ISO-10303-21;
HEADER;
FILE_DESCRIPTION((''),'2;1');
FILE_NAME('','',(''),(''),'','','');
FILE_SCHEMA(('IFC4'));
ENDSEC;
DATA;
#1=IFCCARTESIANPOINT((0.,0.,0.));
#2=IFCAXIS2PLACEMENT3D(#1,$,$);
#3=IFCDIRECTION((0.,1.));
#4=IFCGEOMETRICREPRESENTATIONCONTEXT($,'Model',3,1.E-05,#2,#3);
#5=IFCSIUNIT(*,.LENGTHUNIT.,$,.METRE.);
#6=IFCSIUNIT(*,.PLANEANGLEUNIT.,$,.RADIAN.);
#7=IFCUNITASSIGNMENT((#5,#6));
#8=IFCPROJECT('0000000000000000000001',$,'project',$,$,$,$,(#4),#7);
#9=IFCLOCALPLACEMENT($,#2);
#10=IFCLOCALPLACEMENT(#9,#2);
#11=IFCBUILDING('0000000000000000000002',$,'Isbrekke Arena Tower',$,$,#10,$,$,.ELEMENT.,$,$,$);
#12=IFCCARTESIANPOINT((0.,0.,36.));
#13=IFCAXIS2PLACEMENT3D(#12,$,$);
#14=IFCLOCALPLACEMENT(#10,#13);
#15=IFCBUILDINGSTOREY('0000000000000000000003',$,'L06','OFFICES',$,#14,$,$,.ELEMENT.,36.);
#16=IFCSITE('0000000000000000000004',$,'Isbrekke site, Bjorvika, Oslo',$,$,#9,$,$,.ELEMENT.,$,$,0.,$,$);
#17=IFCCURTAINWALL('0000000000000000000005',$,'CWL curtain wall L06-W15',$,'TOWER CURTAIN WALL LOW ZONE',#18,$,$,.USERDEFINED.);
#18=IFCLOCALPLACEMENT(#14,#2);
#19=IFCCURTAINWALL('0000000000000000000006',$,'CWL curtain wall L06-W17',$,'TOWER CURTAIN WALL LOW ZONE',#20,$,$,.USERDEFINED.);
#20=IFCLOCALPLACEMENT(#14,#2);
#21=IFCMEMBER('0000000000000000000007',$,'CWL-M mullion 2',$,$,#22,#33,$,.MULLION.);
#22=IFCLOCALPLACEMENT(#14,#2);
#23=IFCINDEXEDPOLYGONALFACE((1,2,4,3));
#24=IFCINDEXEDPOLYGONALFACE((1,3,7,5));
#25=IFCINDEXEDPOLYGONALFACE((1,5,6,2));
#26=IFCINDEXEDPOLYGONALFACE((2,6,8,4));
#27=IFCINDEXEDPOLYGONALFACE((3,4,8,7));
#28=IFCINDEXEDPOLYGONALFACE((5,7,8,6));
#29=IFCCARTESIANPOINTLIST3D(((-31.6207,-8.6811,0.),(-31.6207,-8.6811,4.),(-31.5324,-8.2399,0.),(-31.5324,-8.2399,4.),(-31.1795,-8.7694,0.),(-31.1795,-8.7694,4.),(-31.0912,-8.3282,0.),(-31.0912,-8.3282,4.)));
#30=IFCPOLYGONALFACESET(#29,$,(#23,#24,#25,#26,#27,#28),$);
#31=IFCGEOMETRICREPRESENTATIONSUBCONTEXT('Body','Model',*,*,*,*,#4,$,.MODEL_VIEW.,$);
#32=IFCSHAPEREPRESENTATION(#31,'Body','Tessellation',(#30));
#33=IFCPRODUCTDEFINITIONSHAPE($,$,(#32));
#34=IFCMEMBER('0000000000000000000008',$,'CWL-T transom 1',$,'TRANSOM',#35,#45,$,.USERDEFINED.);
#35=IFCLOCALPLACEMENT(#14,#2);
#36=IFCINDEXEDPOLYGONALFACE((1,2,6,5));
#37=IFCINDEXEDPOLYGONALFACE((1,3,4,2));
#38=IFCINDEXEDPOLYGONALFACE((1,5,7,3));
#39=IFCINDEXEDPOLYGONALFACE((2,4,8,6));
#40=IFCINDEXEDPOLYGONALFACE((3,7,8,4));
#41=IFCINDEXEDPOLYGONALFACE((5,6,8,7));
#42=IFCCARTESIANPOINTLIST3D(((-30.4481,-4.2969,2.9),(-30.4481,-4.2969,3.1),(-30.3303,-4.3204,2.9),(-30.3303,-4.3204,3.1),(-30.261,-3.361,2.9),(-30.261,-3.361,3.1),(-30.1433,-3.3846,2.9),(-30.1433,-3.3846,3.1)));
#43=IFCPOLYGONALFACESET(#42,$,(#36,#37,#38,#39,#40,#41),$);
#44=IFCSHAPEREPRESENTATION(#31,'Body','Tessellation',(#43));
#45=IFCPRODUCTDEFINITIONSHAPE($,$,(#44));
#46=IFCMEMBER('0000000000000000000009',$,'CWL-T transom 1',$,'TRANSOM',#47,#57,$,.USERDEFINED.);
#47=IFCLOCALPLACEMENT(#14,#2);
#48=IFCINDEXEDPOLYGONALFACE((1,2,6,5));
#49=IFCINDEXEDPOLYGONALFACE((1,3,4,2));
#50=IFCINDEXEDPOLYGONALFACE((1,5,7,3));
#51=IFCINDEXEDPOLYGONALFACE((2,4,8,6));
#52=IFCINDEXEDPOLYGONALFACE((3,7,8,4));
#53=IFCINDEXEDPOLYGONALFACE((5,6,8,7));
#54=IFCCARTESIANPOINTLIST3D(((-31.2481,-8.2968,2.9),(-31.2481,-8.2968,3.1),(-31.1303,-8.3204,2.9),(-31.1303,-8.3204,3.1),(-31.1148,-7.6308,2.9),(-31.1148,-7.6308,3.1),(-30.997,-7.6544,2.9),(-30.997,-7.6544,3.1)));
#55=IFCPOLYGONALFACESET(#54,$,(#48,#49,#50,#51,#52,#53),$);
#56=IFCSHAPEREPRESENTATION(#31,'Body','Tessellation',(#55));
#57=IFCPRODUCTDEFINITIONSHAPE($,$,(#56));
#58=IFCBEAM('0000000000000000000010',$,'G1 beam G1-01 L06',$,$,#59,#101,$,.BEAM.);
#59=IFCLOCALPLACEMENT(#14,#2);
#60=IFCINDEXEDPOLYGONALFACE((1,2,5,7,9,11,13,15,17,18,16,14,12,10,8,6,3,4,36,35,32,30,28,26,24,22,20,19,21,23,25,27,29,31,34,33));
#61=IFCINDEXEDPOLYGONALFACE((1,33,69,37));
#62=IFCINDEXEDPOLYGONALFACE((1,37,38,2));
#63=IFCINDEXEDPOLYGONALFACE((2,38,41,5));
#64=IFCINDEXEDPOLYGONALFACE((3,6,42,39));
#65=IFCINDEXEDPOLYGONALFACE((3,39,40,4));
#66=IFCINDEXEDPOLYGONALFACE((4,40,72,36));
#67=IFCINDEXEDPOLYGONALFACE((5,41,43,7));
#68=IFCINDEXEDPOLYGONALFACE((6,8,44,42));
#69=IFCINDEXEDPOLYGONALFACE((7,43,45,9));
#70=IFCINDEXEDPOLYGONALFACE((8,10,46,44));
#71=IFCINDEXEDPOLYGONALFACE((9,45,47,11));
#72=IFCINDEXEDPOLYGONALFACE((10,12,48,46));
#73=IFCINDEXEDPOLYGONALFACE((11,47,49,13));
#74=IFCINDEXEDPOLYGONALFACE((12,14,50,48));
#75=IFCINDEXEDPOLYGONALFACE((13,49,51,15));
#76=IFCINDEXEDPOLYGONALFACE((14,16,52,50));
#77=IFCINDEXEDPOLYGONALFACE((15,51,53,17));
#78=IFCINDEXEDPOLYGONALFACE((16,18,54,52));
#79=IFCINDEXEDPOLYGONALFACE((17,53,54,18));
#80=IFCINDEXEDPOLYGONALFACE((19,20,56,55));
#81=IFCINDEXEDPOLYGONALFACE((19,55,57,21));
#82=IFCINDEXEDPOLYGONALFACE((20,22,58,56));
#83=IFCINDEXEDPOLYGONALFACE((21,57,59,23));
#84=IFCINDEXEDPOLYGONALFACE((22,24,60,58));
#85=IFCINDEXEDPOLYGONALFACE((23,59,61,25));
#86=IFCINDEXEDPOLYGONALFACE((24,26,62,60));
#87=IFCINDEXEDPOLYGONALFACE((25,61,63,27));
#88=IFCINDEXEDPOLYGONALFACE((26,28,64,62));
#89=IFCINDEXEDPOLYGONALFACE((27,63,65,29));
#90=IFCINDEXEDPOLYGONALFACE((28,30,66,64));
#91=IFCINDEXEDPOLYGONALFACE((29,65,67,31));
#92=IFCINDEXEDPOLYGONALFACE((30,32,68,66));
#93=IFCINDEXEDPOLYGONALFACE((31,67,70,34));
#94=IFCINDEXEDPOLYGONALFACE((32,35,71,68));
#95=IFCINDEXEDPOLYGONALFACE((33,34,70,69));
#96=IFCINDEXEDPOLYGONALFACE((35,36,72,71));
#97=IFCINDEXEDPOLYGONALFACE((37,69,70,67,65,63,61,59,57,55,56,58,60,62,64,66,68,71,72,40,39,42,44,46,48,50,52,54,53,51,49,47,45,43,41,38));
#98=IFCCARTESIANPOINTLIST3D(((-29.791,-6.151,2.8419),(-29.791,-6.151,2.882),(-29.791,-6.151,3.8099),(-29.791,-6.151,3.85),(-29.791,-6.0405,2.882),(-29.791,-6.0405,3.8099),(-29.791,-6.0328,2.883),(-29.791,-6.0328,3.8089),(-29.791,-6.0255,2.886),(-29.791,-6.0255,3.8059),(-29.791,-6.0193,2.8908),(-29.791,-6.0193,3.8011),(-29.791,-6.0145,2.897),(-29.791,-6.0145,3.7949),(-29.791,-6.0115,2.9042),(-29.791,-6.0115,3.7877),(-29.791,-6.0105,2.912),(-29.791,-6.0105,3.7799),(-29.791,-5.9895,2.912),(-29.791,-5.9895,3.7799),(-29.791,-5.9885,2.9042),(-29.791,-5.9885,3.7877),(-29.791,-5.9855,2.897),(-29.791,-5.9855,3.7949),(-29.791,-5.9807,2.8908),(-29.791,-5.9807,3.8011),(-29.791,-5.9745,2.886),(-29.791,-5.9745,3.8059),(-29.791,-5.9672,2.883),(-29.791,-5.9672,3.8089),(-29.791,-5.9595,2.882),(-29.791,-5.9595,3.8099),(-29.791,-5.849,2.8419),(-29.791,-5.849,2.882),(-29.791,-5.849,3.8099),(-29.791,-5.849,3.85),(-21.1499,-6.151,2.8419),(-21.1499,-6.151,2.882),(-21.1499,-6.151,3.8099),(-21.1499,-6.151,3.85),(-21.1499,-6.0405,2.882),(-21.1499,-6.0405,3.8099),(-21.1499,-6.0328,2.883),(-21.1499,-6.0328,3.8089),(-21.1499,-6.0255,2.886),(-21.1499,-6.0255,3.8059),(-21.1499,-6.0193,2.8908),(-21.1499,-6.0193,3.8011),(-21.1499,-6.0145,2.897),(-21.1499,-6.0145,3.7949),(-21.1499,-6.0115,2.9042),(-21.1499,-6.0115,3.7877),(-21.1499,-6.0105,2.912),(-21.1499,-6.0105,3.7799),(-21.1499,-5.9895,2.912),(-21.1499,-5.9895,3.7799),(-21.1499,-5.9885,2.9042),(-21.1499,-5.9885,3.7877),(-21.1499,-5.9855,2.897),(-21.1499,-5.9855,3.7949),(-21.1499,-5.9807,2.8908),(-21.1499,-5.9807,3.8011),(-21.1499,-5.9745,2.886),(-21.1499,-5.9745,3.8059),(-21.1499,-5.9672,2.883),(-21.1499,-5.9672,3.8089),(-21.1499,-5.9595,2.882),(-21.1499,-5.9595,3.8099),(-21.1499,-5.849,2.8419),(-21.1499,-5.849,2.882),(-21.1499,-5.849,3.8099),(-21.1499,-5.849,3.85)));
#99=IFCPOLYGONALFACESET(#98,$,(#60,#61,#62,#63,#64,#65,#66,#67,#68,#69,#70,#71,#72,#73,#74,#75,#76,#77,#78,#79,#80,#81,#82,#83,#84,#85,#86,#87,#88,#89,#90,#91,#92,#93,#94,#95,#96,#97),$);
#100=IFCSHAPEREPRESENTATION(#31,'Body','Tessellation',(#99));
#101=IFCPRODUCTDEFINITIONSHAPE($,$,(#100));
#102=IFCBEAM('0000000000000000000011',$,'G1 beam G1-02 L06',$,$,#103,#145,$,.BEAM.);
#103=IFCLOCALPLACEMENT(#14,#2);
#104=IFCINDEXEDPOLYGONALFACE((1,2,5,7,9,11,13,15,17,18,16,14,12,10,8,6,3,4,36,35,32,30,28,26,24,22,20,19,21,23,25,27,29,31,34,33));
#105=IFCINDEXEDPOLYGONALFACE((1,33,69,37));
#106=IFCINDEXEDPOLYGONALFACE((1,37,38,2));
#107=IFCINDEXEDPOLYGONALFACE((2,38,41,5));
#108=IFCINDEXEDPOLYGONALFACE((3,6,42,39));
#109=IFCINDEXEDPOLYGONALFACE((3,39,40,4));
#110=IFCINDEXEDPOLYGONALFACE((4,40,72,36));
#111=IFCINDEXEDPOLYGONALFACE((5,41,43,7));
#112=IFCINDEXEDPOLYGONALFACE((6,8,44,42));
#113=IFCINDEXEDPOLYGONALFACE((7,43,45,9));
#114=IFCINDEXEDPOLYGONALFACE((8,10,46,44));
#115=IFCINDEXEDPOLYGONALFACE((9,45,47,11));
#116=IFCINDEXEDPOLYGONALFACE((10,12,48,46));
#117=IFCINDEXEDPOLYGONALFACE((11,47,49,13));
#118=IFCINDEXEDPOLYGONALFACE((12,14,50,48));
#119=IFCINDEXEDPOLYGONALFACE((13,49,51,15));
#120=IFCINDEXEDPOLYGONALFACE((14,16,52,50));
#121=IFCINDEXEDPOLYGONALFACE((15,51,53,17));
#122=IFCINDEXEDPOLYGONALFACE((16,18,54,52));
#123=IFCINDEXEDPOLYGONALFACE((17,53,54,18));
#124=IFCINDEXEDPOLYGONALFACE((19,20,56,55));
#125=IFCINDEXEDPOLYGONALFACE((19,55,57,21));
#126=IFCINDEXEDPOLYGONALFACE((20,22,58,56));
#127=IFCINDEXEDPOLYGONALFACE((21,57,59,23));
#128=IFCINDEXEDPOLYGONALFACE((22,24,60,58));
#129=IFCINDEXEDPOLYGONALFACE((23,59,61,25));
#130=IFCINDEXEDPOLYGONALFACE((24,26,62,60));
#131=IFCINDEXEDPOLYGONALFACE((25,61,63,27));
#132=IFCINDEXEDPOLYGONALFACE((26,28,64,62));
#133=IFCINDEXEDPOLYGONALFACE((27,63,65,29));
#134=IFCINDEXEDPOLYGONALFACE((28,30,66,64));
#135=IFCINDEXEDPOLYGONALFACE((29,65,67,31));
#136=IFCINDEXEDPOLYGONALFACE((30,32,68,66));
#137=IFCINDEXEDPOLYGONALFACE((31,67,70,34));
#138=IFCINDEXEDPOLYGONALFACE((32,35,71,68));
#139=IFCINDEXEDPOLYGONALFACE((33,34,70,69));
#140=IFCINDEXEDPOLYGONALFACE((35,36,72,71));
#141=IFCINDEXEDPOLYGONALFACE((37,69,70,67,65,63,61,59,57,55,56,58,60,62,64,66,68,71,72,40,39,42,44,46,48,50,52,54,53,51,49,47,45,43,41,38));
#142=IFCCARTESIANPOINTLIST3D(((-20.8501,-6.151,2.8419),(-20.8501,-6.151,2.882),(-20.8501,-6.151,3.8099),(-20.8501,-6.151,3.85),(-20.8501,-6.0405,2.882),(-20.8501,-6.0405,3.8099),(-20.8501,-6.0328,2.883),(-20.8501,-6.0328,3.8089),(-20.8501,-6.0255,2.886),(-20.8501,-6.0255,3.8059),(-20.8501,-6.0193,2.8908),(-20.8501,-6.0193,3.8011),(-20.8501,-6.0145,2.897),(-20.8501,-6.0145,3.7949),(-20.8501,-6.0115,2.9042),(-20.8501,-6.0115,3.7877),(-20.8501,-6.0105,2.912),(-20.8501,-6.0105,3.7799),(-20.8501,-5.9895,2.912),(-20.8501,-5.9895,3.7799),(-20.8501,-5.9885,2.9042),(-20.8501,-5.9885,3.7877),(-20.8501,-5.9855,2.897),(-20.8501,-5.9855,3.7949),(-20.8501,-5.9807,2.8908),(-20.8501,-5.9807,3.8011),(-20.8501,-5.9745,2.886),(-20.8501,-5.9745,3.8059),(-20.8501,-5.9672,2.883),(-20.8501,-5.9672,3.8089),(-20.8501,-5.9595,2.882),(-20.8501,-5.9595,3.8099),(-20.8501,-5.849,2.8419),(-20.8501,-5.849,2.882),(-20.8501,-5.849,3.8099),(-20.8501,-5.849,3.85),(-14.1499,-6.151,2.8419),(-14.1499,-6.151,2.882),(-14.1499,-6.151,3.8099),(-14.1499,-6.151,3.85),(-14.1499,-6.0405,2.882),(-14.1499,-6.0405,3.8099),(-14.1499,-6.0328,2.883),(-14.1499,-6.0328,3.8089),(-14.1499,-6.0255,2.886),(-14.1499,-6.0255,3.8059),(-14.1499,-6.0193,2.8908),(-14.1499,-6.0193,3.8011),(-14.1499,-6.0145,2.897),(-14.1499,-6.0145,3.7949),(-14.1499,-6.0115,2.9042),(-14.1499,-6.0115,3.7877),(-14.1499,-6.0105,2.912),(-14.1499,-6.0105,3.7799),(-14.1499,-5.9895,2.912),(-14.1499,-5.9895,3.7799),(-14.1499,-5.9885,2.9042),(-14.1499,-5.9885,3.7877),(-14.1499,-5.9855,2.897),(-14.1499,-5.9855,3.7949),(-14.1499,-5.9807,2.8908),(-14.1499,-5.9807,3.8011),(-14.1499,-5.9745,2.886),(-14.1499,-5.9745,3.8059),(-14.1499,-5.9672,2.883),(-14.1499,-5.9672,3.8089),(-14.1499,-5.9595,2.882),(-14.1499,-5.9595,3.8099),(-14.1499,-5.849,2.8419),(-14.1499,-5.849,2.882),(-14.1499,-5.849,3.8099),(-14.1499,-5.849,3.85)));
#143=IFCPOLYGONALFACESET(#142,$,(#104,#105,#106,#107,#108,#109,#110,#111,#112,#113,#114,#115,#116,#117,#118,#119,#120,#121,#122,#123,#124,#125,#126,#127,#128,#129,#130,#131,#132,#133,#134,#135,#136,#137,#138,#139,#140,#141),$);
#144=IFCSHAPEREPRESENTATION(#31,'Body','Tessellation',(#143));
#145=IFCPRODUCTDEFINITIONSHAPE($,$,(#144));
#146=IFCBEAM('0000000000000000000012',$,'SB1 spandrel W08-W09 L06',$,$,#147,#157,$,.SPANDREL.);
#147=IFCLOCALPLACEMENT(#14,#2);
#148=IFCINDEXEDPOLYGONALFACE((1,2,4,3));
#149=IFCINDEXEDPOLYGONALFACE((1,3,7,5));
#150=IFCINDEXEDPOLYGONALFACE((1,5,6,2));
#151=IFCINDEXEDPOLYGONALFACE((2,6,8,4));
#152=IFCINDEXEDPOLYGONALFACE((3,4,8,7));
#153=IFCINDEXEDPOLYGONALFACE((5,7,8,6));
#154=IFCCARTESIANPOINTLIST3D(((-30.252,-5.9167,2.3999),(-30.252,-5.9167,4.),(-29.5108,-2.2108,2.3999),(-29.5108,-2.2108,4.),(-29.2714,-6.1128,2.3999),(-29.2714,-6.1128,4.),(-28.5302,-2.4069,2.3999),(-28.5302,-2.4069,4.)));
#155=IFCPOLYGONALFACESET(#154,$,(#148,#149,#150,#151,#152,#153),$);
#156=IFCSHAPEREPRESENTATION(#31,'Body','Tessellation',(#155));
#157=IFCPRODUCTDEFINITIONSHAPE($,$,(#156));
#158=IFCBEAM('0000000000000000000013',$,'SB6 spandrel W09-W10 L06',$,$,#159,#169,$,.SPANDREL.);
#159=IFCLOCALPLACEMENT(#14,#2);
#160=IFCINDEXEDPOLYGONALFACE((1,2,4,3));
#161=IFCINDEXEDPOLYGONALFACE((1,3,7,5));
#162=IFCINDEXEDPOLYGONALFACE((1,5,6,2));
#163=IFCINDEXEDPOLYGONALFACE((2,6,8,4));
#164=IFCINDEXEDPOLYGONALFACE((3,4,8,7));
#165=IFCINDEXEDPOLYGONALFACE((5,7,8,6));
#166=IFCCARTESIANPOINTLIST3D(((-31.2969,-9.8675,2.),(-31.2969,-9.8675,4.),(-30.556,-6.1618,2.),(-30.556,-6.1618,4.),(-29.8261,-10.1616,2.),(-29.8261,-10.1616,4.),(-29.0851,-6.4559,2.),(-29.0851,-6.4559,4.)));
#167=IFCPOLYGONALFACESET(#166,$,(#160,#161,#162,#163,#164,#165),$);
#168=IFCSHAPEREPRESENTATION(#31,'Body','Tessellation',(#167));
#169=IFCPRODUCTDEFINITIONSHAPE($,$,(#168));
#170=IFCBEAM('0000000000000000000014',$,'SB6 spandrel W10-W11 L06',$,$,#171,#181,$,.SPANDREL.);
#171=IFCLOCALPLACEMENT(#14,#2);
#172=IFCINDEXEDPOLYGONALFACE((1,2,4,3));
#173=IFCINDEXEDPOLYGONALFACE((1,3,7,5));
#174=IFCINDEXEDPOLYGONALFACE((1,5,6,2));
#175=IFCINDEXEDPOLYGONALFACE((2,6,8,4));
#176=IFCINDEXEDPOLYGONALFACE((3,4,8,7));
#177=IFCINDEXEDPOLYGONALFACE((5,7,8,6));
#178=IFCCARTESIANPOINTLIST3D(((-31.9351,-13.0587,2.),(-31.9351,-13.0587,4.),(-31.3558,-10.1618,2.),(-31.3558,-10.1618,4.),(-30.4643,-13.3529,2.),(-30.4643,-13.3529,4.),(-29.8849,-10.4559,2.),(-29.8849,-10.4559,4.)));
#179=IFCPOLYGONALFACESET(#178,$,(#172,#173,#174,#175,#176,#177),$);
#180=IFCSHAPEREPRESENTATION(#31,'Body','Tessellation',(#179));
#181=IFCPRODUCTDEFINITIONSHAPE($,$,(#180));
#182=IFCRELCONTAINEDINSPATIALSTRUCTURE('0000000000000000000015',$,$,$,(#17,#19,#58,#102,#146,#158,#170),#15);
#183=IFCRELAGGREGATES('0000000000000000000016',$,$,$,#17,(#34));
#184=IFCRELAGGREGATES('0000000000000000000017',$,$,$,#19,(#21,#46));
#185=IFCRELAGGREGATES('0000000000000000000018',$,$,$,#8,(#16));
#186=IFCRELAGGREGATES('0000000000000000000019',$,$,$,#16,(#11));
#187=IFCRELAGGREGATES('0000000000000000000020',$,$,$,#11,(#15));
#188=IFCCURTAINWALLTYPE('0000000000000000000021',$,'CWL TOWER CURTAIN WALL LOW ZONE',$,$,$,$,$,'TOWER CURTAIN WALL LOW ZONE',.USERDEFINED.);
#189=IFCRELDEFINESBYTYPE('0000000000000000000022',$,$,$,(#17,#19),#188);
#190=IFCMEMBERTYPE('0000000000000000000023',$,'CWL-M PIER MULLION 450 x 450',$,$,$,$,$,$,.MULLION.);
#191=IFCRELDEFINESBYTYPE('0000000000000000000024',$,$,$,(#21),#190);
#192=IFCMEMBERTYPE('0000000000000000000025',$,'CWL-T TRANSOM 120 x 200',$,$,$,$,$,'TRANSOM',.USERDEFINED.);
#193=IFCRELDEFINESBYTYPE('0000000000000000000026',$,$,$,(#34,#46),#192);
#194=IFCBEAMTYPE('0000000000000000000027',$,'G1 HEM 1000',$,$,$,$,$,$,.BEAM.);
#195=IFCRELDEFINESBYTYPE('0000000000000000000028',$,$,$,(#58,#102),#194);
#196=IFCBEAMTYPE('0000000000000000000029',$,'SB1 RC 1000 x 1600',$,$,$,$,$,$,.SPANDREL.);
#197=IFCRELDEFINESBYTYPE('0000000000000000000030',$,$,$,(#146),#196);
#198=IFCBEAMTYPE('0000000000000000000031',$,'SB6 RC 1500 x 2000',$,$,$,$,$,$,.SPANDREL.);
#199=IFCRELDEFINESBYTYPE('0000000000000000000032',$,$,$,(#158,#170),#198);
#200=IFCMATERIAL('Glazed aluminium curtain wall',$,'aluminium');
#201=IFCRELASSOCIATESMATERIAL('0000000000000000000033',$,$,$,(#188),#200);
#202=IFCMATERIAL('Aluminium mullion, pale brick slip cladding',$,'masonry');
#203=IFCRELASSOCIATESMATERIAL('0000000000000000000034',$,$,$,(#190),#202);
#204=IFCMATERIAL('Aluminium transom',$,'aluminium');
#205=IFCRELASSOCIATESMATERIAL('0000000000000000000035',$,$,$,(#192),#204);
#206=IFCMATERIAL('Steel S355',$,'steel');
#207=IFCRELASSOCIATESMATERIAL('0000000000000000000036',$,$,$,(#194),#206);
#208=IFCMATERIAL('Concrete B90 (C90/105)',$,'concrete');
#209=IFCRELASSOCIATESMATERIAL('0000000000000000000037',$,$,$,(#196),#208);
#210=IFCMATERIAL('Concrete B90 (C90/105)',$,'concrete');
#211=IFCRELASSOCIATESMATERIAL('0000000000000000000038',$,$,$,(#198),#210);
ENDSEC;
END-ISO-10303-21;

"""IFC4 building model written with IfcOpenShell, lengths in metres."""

from ifc_helpers import new_model, si_unit, direction, frame, origin, origin_2d, place, context, subcontext, project, spatial, rectangle, i_section, extrude, material, material_profile, profile_set, type_object, element, aggregate, save


model = new_model("IFC4")

# Units and contexts
model_context = context("Model", 3, precision=1e-05, world=origin(), true_north=direction((0.0, 1.0)))
body_context = subcontext(model_context, "Body", "Model", "MODEL_VIEW")
ifc_project = project(units=[si_unit("LENGTHUNIT", "METRE"), si_unit("PLANEANGLEUNIT", "RADIAN")], contexts=[model_context])

# Site, building, storey
site_placement = place(None, origin())
site = spatial("IfcSite", under=ifc_project, at=site_placement, Name="Isbrekke site, Bjorvika, Oslo", CompositionType="ELEMENT", RefElevation=0.0)
building_placement = place(site_placement, origin())
building = spatial("IfcBuilding", under=site, at=building_placement, Name="Isbrekke Arena Tower", CompositionType="ELEMENT")
storey_placement = place(building_placement, frame((0.0, 0.0, 36.0)))
storey = spatial("IfcBuildingStorey", under=building, at=storey_placement, Name="L06", Description="OFFICES", CompositionType="ELEMENT", Elevation=36.0)

# Curtain walls, member
ifc_material_1 = material(Name="Glazed aluminium curtain wall", Category="aluminium")
curtain_wall_type = type_object("IfcCurtainWallType", Name="CWL TOWER CURTAIN WALL LOW ZONE", ElementType="TOWER CURTAIN WALL LOW ZONE", PredefinedType="USERDEFINED", material=ifc_material_1)
curtain_wall_1_placement = place(storey_placement, origin())
curtain_wall_1 = element("IfcCurtainWall", 1, at=curtain_wall_1_placement, inside=storey, type_object=curtain_wall_type, Name="CWL curtain wall L06-W15", ObjectType="TOWER CURTAIN WALL LOW ZONE", PredefinedType="USERDEFINED")
ifc_material_2 = material(Name="Aluminium mullion, pale brick slip cladding", Category="masonry")
ifc_material_profile_1 = material_profile(ifc_material_2, rectangle(XDim=0.45, YDim=0.45, at=origin_2d()), Name="PIER 450X450")
ifc_profile_set_1 = profile_set([ifc_material_profile_1], Name="Aluminium mullion, pale brick slip cladding")
member_type_1 = type_object("IfcMemberType", Name="CWL-M PIER MULLION 450 x 450", PredefinedType="MULLION", material=ifc_profile_set_1)
curtain_wall_2_placement = place(storey_placement, origin())
curtain_wall_2 = element("IfcCurtainWall", 2, at=curtain_wall_2_placement, inside=storey, type_object=curtain_wall_type, Name="CWL curtain wall L06-W17", ObjectType="TOWER CURTAIN WALL LOW ZONE", PredefinedType="USERDEFINED")
member_1_placement = place(storey_placement, frame((-31.356, -8.5046, 0.0), z_axis=(0.0, 0.0, 1.0), x_axis=(-0.196116, -0.980581, 0.0)))
member_1 = element("IfcMember", 3, at=member_1_placement, type_object=member_type_1, Name="CWL-M mullion 2", PredefinedType="MULLION", context=body_context, shape_type="SweptSolid", body=[
    extrude(rectangle(XDim=0.45, YDim=0.45, at=origin_2d()), origin(), (0.0, 0.0, 1.0), 4.0),
])

# Members
ifc_material_3 = material(Name="Aluminium transom", Category="aluminium")
ifc_material_profile_2 = material_profile(ifc_material_3, rectangle(XDim=0.1201, YDim=0.2, at=origin_2d()), Name="TRANSOM 120X200")
ifc_profile_set_2 = profile_set([ifc_material_profile_2], Name="Aluminium transom")
member_type_2 = type_object("IfcMemberType", Name="CWL-T TRANSOM 120 x 200", ElementType="TRANSOM", PredefinedType="USERDEFINED", material=ifc_profile_set_2)
member_2_placement = place(storey_placement, frame((-30.2021, -3.3728, 3.0), z_axis=(-0.195969, -0.98061, 0.0), x_axis=(0.98061, -0.195969, 0.0)))
member_2 = element("IfcMember", 4, at=member_2_placement, type_object=member_type_2, Name="CWL-T transom 1", ObjectType="TRANSOM", PredefinedType="USERDEFINED", context=body_context, shape_type="SweptSolid", body=[
    extrude(rectangle(XDim=0.1201, YDim=0.2, at=origin_2d()), origin(), (0.0, 0.0, 1.0), 0.9543),
])
member_3_placement = place(storey_placement, frame((-31.0559, -7.6426, 3.0), z_axis=(-0.196254, -0.980553, 0.0), x_axis=(0.980553, -0.196254, 0.0)))
member_3 = element("IfcMember", 5, at=member_3_placement, type_object=member_type_2, Name="CWL-T transom 1", ObjectType="TRANSOM", PredefinedType="USERDEFINED", context=body_context, shape_type="SweptSolid", body=[
    extrude(rectangle(XDim=0.1201, YDim=0.2, at=origin_2d()), origin(), (0.0, 0.0, 1.0), 0.6792),
])

# Beams
ifc_material_4 = material(Name="Steel S355", Category="steel")
ifc_material_profile_3 = material_profile(ifc_material_4, i_section(OverallWidth=0.302, OverallDepth=1.0081, WebThickness=0.021, FlangeThickness=0.04, FilletRadius=0.03, at=origin_2d()), Name="HEM 1000")
ifc_profile_set_3 = profile_set([ifc_material_profile_3], Name="Steel S355")
beam_type_1 = type_object("IfcBeamType", Name="G1 HEM 1000", PredefinedType="BEAM", material=ifc_profile_set_3)
beam_1_placement = place(storey_placement, frame((-29.791, -6.0, 3.3459), z_axis=(1.0, 0.0, 0.0), x_axis=(0.0, 1.0, 0.0)))
element("IfcBeam", 6, at=beam_1_placement, inside=storey, type_object=beam_type_1, Name="G1 beam G1-01 L06", PredefinedType="BEAM", context=body_context, shape_type="SweptSolid", body=[
    extrude(i_section(OverallWidth=0.302, OverallDepth=1.0081, WebThickness=0.021, FlangeThickness=0.04, FilletRadius=0.03, at=origin_2d()), origin(), (0.0, 0.0, 1.0), 8.6411),
])
beam_2_placement = place(storey_placement, frame((-20.8501, -6.0, 3.3459), z_axis=(1.0, 0.0, 0.0), x_axis=(0.0, 1.0, 0.0)))
element("IfcBeam", 7, at=beam_2_placement, inside=storey, type_object=beam_type_1, Name="G1 beam G1-02 L06", PredefinedType="BEAM", context=body_context, shape_type="SweptSolid", body=[
    extrude(i_section(OverallWidth=0.302, OverallDepth=1.0081, WebThickness=0.021, FlangeThickness=0.04, FilletRadius=0.03, at=origin_2d()), origin(), (0.0, 0.0, 1.0), 6.7002),
])
ifc_material_5 = material(Name="Concrete B90 (C90/105)", Category="concrete")
ifc_material_profile_4 = material_profile(ifc_material_5, rectangle(XDim=1.0, YDim=1.6001, at=origin_2d()), Name="RC 1000x1600")
ifc_profile_set_4 = profile_set([ifc_material_profile_4], Name="Concrete B90 (C90/105)")
beam_type_2 = type_object("IfcBeamType", Name="SB1 RC 1000 x 1600", PredefinedType="SPANDREL", material=ifc_profile_set_4)
beam_3_placement = place(storey_placement, frame((-29.0205, -2.3088, 3.2), z_axis=(-0.196129, -0.980578, 0.0), x_axis=(0.980578, -0.196129, 0.0)))
element("IfcBeam", 8, at=beam_3_placement, inside=storey, type_object=beam_type_2, Name="SB1 spandrel W08-W09 L06", PredefinedType="SPANDREL", context=body_context, shape_type="SweptSolid", body=[
    extrude(rectangle(XDim=1.0, YDim=1.6001, at=origin_2d()), origin(), (0.0, 0.0, 1.0), 3.7793),
])
ifc_material_6 = material(Name="Concrete B90 (C90/105)", Category="concrete")
ifc_material_profile_5 = material_profile(ifc_material_6, rectangle(XDim=1.5, YDim=2.0, at=origin_2d()), Name="RC 1500x2000")
ifc_profile_set_5 = profile_set([ifc_material_profile_5], Name="Concrete B90 (C90/105)")
beam_type_3 = type_object("IfcBeamType", Name="SB6 RC 1500 x 2000", PredefinedType="SPANDREL", material=ifc_profile_set_5)
beam_4_placement = place(storey_placement, frame((-29.8206, -6.3088, 3.0), z_axis=(-0.196066, -0.980591, 0.0), x_axis=(0.980591, -0.196066, 0.0)))
element("IfcBeam", 9, at=beam_4_placement, inside=storey, type_object=beam_type_3, Name="SB6 spandrel W09-W10 L06", PredefinedType="SPANDREL", context=body_context, shape_type="SweptSolid", body=[
    extrude(rectangle(XDim=1.5, YDim=2.0, at=origin_2d()), origin(), (0.0, 0.0, 1.0), 3.7791),
])
beam_5_placement = place(storey_placement, frame((-30.6204, -10.3088, 3.0), z_axis=(-0.1961, -0.980584, 0.0), x_axis=(0.980584, -0.1961, 0.0)))
element("IfcBeam", 10, at=beam_5_placement, inside=storey, type_object=beam_type_3, Name="SB6 spandrel W10-W11 L06", PredefinedType="SPANDREL", context=body_context, shape_type="SweptSolid", body=[
    extrude(rectangle(XDim=1.5, YDim=2.0, at=origin_2d()), origin(), (0.0, 0.0, 1.0), 2.9543),
])

aggregate(curtain_wall_1, [member_2])
aggregate(curtain_wall_2, [member_1, member_3])

save(model, "model.ifc")
